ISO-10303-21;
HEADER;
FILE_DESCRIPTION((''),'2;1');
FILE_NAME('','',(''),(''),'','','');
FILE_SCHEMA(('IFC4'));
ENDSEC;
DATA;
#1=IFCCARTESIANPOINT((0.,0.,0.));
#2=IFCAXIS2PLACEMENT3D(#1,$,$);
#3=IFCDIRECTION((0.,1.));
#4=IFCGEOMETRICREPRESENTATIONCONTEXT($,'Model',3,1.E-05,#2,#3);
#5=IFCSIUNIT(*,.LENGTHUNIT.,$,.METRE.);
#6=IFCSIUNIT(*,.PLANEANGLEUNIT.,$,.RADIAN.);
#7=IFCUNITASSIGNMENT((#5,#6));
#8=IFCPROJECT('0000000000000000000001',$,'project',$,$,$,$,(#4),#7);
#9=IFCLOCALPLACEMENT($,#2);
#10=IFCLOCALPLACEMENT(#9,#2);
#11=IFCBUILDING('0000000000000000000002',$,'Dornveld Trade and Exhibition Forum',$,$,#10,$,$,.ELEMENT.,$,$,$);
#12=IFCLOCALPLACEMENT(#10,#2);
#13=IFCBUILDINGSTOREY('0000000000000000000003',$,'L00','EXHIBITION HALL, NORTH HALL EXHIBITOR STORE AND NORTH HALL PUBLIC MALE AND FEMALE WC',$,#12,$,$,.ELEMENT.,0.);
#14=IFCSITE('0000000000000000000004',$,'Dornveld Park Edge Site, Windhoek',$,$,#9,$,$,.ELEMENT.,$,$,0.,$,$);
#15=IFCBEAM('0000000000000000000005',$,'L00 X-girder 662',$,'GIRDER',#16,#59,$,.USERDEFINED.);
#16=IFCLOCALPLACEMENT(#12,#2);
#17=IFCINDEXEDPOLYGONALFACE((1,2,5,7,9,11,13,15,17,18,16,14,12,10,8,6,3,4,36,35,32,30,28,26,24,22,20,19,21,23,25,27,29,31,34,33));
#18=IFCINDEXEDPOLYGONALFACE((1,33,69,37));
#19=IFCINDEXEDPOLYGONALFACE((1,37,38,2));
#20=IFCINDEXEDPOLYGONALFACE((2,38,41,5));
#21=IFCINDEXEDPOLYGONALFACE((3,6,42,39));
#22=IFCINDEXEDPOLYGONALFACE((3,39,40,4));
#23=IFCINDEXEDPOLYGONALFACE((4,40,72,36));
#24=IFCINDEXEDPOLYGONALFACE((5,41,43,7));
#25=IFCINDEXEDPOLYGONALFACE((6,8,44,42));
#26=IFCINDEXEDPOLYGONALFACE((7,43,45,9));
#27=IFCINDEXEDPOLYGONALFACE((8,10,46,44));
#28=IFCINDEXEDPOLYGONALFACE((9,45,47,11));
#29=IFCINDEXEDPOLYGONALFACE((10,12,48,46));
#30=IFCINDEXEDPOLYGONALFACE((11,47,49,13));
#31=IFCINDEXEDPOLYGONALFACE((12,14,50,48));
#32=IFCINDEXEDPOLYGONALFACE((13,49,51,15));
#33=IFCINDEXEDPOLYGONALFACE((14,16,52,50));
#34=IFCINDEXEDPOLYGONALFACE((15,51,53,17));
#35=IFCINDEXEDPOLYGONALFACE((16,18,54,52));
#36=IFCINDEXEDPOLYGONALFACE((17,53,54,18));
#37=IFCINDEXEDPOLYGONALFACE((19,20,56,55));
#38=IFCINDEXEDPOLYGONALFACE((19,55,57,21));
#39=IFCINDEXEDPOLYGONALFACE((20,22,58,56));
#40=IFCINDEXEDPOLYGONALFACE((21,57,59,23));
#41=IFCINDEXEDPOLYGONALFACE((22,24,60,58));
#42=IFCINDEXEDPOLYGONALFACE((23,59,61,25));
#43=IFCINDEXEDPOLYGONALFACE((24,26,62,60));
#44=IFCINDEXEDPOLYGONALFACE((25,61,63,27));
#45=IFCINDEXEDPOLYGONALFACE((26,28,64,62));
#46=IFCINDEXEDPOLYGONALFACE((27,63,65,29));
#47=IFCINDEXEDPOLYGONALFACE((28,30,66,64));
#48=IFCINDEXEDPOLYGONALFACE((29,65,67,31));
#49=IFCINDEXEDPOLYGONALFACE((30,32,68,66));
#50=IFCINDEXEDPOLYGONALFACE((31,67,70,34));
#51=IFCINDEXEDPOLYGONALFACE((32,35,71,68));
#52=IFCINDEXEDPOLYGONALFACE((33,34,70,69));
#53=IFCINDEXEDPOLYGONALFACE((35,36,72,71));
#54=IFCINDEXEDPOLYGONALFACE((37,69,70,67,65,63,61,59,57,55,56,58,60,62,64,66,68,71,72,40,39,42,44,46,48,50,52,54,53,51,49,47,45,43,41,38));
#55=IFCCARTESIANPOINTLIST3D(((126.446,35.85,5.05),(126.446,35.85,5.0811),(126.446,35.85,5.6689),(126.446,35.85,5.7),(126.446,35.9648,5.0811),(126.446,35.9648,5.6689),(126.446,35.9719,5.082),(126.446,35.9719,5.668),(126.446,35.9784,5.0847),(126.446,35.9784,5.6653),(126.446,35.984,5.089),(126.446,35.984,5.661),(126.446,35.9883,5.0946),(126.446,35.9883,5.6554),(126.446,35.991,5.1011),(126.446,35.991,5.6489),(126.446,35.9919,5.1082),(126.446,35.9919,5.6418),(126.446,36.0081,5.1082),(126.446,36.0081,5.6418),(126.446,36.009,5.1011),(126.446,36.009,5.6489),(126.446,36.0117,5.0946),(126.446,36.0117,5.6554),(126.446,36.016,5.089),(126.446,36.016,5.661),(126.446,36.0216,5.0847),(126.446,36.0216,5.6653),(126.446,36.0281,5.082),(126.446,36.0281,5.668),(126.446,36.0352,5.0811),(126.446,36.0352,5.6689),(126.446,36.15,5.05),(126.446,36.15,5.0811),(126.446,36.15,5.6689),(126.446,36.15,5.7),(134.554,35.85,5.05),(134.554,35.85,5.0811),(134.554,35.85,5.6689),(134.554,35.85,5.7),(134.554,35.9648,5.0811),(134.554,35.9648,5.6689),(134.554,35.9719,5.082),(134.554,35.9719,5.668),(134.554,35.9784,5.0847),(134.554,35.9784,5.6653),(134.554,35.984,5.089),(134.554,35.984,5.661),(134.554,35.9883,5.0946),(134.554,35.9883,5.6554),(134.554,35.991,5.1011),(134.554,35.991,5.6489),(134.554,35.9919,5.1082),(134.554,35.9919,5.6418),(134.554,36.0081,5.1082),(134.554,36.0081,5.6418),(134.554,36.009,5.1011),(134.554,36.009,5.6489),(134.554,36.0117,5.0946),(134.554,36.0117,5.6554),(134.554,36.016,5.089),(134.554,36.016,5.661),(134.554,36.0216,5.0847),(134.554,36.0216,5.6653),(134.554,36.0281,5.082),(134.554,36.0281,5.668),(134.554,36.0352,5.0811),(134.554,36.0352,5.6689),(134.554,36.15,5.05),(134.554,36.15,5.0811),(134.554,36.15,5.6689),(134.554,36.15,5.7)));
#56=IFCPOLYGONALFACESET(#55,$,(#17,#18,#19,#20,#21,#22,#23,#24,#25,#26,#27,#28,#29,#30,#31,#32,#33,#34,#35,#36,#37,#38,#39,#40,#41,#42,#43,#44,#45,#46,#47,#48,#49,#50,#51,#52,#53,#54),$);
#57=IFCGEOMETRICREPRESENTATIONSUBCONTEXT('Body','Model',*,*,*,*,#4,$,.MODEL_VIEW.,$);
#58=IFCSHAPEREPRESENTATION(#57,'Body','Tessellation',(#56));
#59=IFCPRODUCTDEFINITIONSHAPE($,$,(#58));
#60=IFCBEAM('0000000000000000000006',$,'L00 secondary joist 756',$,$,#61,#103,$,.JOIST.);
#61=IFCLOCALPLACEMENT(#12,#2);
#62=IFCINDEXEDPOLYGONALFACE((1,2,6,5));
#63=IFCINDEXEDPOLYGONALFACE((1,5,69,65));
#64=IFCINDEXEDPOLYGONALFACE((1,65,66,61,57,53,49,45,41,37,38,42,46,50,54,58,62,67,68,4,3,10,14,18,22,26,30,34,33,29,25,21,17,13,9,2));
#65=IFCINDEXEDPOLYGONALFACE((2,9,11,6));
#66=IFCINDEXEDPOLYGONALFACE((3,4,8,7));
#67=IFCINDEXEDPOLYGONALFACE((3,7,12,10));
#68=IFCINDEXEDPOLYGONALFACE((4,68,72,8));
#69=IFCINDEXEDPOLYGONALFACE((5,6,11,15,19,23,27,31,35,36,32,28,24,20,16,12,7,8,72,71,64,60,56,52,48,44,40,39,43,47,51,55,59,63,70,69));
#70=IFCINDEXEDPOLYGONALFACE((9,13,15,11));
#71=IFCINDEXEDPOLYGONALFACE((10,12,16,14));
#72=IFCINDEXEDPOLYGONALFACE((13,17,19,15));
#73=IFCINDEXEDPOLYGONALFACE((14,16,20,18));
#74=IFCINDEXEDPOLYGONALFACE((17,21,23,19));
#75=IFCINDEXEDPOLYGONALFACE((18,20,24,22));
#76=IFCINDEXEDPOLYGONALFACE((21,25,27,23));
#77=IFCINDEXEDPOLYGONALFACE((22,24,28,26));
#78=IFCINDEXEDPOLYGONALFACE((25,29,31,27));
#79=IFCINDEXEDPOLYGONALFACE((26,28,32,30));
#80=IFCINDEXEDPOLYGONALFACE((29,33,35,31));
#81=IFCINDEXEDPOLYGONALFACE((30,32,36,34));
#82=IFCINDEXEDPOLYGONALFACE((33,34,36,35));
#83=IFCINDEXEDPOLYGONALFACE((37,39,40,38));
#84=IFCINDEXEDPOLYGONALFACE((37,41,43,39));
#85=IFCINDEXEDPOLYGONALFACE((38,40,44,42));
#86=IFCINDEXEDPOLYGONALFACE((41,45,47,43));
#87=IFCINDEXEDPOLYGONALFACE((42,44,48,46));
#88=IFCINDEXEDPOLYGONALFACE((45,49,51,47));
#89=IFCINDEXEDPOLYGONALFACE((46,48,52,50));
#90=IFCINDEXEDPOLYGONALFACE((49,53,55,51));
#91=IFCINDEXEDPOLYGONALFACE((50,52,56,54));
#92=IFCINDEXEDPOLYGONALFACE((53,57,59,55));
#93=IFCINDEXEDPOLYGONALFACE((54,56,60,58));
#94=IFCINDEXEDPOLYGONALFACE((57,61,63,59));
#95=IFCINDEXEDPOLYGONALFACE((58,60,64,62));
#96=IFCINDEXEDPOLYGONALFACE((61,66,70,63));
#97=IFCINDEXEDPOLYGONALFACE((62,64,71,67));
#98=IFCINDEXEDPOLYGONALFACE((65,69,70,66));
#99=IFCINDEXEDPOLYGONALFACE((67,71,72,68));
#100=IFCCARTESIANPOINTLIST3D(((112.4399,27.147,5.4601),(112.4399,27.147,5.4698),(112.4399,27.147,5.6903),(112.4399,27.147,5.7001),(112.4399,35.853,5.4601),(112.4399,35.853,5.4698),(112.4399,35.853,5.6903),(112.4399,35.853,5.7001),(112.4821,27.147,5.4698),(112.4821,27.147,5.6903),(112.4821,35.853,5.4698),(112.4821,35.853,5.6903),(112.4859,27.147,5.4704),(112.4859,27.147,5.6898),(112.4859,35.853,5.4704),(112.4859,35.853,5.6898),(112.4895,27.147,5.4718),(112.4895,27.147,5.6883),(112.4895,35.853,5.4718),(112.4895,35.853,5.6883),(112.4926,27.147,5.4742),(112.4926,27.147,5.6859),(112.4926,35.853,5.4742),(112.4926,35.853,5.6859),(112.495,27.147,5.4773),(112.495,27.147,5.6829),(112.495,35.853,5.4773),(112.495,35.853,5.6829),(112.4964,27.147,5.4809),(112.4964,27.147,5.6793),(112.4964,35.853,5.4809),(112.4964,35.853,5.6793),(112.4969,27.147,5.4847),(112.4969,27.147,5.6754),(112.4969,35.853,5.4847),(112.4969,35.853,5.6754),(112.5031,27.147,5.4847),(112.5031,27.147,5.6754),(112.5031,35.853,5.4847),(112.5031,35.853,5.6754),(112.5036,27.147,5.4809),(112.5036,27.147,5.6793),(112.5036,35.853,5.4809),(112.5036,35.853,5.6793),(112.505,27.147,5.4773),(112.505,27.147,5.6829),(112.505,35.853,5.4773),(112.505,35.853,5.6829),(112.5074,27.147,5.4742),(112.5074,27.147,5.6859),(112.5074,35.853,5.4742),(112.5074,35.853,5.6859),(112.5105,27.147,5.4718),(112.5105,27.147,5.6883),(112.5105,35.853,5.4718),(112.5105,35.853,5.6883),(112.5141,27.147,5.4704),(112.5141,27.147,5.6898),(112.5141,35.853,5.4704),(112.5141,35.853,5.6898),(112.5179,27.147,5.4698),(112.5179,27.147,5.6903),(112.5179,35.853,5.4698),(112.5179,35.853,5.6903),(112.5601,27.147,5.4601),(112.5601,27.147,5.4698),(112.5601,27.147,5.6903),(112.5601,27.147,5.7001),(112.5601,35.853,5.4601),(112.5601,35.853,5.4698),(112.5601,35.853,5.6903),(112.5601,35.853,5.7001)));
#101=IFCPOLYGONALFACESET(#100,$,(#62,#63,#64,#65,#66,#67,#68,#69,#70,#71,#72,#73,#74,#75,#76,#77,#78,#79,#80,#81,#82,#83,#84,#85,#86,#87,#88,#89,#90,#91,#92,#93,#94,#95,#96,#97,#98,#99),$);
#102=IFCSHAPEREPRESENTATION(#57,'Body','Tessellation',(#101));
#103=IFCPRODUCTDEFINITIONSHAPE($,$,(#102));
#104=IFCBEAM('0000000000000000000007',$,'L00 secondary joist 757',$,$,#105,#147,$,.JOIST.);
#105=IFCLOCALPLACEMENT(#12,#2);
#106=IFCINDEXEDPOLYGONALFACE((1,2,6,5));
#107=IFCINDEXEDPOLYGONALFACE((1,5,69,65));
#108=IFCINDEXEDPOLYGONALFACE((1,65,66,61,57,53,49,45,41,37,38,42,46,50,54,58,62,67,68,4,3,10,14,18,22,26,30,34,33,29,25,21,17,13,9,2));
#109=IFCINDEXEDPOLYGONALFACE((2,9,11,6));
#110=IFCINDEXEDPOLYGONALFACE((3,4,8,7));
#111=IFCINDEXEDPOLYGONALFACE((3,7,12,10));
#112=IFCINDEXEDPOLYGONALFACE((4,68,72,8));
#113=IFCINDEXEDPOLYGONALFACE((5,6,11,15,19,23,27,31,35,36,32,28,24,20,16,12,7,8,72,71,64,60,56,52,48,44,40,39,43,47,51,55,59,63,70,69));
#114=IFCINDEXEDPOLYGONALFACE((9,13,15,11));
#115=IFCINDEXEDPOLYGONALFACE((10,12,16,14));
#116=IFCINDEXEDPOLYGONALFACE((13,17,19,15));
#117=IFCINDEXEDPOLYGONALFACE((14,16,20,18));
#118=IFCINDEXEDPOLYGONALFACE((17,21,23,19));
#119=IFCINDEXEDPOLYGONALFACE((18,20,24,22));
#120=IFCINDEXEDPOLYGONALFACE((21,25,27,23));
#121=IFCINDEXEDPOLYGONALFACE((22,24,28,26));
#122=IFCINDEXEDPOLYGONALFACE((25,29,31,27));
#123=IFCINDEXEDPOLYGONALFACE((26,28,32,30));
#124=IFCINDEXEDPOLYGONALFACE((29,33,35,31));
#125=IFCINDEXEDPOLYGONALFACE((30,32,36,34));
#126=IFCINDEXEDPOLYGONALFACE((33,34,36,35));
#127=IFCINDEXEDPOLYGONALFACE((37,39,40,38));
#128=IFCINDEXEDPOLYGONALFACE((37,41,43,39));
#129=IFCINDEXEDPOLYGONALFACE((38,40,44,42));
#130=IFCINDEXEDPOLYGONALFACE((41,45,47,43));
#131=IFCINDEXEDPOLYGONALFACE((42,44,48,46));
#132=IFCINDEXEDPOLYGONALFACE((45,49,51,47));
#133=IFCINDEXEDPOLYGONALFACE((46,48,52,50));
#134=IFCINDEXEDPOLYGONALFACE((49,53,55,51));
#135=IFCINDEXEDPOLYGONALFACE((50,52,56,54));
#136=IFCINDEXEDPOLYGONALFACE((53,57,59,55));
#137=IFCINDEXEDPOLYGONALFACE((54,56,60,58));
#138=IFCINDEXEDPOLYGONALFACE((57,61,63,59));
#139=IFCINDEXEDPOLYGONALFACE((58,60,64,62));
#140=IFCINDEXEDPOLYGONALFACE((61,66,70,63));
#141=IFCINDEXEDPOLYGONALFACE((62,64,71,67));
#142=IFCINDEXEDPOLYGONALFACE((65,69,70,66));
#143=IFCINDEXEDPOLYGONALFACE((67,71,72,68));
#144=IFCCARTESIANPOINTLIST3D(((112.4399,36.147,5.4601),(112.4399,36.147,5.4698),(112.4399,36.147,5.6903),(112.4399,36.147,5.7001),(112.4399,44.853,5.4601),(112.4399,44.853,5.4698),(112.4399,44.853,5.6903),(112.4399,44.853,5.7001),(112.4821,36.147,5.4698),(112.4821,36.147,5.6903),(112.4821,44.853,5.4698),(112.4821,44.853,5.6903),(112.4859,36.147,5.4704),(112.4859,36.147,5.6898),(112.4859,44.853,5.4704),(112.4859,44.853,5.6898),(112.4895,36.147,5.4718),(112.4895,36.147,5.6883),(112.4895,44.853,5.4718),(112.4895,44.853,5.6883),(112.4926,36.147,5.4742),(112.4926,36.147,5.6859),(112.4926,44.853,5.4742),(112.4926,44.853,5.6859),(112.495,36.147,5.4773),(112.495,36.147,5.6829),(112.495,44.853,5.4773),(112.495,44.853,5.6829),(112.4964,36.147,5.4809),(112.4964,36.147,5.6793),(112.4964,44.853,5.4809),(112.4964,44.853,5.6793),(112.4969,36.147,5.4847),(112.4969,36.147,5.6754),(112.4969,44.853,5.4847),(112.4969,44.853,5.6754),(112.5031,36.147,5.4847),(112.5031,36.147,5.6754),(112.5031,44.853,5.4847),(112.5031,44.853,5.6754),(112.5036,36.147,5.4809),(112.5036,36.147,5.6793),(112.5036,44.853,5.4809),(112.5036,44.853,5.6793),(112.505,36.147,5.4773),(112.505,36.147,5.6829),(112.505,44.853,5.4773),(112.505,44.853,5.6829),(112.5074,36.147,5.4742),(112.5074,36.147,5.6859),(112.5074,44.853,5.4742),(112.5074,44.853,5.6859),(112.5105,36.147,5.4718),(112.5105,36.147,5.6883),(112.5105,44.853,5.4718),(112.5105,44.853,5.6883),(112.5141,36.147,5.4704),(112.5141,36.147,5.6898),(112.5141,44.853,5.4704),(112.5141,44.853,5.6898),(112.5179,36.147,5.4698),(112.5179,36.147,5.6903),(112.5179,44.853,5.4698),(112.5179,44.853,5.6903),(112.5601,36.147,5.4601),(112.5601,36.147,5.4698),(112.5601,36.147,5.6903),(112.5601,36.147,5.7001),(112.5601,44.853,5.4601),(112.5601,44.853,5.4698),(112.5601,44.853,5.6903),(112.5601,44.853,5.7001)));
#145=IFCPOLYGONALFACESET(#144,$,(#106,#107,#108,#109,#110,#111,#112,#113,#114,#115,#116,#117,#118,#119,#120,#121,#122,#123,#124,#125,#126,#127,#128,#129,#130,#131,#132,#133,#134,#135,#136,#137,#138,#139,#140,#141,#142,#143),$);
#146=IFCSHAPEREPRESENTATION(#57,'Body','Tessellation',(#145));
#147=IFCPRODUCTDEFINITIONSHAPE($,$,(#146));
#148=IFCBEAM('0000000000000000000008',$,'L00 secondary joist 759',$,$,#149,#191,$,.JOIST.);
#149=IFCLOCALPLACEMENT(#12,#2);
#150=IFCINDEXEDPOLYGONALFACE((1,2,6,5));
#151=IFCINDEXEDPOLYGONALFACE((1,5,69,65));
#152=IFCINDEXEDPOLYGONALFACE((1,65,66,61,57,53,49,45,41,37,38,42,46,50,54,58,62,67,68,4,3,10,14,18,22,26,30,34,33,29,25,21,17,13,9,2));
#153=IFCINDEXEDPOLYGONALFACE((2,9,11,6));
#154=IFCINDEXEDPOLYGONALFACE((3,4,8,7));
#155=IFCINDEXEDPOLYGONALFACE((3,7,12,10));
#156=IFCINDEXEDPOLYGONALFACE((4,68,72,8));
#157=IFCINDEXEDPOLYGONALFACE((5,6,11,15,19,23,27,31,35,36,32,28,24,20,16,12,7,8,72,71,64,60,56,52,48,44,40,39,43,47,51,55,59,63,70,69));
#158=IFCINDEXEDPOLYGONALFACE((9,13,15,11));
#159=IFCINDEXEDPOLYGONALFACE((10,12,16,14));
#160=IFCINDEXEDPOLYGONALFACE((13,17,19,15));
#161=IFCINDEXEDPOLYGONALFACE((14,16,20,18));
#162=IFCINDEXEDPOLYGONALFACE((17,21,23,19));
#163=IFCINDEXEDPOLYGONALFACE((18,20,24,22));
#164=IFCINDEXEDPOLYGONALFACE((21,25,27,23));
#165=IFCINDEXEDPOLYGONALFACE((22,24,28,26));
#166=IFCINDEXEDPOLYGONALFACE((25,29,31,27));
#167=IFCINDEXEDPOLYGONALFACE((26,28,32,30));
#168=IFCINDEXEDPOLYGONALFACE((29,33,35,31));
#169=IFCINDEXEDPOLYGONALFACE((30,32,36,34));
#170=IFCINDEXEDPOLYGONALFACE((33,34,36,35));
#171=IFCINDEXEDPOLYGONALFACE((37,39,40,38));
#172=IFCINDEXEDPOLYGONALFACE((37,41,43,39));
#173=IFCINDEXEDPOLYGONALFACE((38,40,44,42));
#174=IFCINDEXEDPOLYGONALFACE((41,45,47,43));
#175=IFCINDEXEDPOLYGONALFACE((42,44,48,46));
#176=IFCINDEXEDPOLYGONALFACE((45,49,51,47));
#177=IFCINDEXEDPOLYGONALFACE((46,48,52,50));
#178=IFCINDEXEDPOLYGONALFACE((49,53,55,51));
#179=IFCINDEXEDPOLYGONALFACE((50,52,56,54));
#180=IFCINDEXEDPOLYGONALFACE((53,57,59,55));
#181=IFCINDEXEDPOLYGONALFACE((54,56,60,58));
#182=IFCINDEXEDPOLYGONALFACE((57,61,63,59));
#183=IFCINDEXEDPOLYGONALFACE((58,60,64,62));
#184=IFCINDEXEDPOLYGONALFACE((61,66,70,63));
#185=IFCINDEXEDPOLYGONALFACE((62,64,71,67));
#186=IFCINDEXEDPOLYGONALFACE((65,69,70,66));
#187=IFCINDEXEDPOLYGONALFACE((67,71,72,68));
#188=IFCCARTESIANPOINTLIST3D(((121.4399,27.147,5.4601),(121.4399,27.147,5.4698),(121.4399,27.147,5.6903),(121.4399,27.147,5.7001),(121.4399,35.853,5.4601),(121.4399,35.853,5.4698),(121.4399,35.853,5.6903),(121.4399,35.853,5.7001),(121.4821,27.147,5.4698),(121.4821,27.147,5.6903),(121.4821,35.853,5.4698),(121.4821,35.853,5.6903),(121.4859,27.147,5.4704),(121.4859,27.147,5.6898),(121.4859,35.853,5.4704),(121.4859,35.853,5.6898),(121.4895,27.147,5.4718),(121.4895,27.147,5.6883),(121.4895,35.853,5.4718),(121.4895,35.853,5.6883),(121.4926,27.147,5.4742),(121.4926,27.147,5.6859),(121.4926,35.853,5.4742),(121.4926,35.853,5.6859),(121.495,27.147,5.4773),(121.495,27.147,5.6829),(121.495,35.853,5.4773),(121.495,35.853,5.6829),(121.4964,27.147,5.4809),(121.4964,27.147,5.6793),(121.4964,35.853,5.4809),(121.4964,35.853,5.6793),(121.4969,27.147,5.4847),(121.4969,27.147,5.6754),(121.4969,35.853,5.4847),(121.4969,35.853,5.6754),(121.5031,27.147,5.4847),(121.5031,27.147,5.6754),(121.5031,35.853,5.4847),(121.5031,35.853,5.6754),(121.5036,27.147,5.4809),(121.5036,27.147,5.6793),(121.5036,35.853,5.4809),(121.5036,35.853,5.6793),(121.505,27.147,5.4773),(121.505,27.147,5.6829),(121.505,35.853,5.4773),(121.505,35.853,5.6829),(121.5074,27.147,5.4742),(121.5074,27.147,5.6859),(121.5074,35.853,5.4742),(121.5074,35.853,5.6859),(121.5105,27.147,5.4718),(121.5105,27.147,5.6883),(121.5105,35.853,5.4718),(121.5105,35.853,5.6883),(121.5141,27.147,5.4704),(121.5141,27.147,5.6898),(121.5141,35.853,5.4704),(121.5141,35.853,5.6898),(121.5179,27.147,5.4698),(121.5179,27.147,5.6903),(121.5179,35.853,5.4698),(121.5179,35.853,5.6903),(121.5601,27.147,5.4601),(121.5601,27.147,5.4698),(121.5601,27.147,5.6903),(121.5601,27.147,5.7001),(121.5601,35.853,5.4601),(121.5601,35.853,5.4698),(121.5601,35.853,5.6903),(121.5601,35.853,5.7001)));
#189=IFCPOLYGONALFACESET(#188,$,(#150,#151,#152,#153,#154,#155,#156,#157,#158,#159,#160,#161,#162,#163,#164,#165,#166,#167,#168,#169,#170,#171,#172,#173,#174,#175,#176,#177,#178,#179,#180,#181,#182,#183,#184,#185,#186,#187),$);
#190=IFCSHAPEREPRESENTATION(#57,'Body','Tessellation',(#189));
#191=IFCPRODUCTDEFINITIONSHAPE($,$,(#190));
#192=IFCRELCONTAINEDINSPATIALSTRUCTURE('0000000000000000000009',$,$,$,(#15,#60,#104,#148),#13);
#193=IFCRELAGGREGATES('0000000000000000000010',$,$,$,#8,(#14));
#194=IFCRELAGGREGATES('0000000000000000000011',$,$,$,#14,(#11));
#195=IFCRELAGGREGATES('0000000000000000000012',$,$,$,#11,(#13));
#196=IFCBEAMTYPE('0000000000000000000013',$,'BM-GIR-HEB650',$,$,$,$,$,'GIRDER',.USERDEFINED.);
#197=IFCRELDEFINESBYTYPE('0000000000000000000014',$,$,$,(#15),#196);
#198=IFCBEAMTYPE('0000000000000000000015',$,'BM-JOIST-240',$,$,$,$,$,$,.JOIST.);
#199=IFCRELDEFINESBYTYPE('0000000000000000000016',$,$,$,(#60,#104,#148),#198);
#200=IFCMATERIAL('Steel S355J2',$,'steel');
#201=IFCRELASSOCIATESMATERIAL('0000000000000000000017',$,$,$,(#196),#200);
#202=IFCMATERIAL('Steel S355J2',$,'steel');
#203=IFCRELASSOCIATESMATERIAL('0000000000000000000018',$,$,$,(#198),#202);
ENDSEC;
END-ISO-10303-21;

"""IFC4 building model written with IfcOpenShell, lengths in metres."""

from ifc_helpers import new_model, si_unit, direction, frame, origin, origin_2d, place, context, subcontext, project, spatial, i_section, extrude, material, material_profile, profile_set, type_object, element, save


model = new_model("IFC4")

# Units and contexts
model_context = context("Model", 3, precision=1e-05, world=origin(), true_north=direction((0.0, 1.0)))
body_context = subcontext(model_context, "Body", "Model", "MODEL_VIEW")
ifc_project = project(units=[si_unit("LENGTHUNIT", "METRE"), si_unit("PLANEANGLEUNIT", "RADIAN")], contexts=[model_context])

# Site, building, storey
site_placement = place(None, origin())
site = spatial("IfcSite", under=ifc_project, at=site_placement, Name="Dornveld Park Edge Site, Windhoek", CompositionType="ELEMENT", RefElevation=0.0)
building_placement = place(site_placement, origin())
building = spatial("IfcBuilding", under=site, at=building_placement, Name="Dornveld Trade and Exhibition Forum", CompositionType="ELEMENT")
storey_placement = place(building_placement, origin())
storey = spatial("IfcBuildingStorey", under=building, at=storey_placement, Name="L00", Description="EXHIBITION HALL, NORTH HALL EXHIBITOR STORE AND NORTH HALL PUBLIC MALE AND FEMALE WC", CompositionType="ELEMENT", Elevation=0.0)

# Beams
ifc_material_1 = material(Name="Steel S355J2", Category="steel")
ifc_material_profile_1 = material_profile(ifc_material_1, i_section(OverallWidth=0.3, OverallDepth=0.6499, WebThickness=0.0161, FlangeThickness=0.031, FilletRadius=0.0271, at=origin_2d()), Name="HEB 650")
ifc_profile_set_1 = profile_set([ifc_material_profile_1], Name="Steel S355J2")
beam_type_1 = type_object("IfcBeamType", Name="BM-GIR-HEB650", ElementType="GIRDER", PredefinedType="USERDEFINED", material=ifc_profile_set_1)
for number, where, z_axis, x_axis, name in (
    (1, (126.446, 36.0, 5.375), (1.0, 0.0, 0.0), (0.0, 1.0, 0.0), "L00 X-girder 662"),
):
    element("IfcBeam", number, at=place(storey_placement, frame(where, z_axis=z_axis, x_axis=x_axis)), inside=storey, type_object=beam_type_1, Name=name, ObjectType="GIRDER", PredefinedType="USERDEFINED", context=body_context, shape_type="SweptSolid", body=[
        extrude(i_section(OverallWidth=0.3, OverallDepth=0.6499, WebThickness=0.0161, FlangeThickness=0.031, FilletRadius=0.0271, at=origin_2d()), origin(), (0.0, 0.0, 1.0), 8.1079),
    ])
ifc_material_2 = material(Name="Steel S355J2", Category="steel")
ifc_material_profile_2 = material_profile(ifc_material_2, i_section(OverallWidth=0.1201, OverallDepth=0.24, WebThickness=0.0061, FlangeThickness=0.0098, FilletRadius=0.0149, at=origin_2d()), Name="IPE 240")
ifc_profile_set_2 = profile_set([ifc_material_profile_2], Name="Steel S355J2")
beam_type_2 = type_object("IfcBeamType", Name="BM-JOIST-240", PredefinedType="JOIST", material=ifc_profile_set_2)
for number, where, z_axis, x_axis, name in (
    (2, (112.5, 27.147, 5.5801), (0.0, 1.0, 0.0), (-1.0, 0.0, 0.0), "L00 secondary joist 756"),
    (3, (112.5, 36.147, 5.5801), (0.0, 1.0, 0.0), (-1.0, 0.0, 0.0), "L00 secondary joist 757"),
    (4, (121.5, 27.147, 5.5801), (0.0, 1.0, 0.0), (-1.0, 0.0, 0.0), "L00 secondary joist 759"),
):
    element("IfcBeam", number, at=place(storey_placement, frame(where, z_axis=z_axis, x_axis=x_axis)), inside=storey, type_object=beam_type_2, Name=name, PredefinedType="JOIST", context=body_context, shape_type="SweptSolid", body=[
        extrude(i_section(OverallWidth=0.1201, OverallDepth=0.24, WebThickness=0.0061, FlangeThickness=0.0098, FilletRadius=0.0149, at=origin_2d()), origin(), (0.0, 0.0, 1.0), 8.7061),
    ])

save(model, "model.ifc")
